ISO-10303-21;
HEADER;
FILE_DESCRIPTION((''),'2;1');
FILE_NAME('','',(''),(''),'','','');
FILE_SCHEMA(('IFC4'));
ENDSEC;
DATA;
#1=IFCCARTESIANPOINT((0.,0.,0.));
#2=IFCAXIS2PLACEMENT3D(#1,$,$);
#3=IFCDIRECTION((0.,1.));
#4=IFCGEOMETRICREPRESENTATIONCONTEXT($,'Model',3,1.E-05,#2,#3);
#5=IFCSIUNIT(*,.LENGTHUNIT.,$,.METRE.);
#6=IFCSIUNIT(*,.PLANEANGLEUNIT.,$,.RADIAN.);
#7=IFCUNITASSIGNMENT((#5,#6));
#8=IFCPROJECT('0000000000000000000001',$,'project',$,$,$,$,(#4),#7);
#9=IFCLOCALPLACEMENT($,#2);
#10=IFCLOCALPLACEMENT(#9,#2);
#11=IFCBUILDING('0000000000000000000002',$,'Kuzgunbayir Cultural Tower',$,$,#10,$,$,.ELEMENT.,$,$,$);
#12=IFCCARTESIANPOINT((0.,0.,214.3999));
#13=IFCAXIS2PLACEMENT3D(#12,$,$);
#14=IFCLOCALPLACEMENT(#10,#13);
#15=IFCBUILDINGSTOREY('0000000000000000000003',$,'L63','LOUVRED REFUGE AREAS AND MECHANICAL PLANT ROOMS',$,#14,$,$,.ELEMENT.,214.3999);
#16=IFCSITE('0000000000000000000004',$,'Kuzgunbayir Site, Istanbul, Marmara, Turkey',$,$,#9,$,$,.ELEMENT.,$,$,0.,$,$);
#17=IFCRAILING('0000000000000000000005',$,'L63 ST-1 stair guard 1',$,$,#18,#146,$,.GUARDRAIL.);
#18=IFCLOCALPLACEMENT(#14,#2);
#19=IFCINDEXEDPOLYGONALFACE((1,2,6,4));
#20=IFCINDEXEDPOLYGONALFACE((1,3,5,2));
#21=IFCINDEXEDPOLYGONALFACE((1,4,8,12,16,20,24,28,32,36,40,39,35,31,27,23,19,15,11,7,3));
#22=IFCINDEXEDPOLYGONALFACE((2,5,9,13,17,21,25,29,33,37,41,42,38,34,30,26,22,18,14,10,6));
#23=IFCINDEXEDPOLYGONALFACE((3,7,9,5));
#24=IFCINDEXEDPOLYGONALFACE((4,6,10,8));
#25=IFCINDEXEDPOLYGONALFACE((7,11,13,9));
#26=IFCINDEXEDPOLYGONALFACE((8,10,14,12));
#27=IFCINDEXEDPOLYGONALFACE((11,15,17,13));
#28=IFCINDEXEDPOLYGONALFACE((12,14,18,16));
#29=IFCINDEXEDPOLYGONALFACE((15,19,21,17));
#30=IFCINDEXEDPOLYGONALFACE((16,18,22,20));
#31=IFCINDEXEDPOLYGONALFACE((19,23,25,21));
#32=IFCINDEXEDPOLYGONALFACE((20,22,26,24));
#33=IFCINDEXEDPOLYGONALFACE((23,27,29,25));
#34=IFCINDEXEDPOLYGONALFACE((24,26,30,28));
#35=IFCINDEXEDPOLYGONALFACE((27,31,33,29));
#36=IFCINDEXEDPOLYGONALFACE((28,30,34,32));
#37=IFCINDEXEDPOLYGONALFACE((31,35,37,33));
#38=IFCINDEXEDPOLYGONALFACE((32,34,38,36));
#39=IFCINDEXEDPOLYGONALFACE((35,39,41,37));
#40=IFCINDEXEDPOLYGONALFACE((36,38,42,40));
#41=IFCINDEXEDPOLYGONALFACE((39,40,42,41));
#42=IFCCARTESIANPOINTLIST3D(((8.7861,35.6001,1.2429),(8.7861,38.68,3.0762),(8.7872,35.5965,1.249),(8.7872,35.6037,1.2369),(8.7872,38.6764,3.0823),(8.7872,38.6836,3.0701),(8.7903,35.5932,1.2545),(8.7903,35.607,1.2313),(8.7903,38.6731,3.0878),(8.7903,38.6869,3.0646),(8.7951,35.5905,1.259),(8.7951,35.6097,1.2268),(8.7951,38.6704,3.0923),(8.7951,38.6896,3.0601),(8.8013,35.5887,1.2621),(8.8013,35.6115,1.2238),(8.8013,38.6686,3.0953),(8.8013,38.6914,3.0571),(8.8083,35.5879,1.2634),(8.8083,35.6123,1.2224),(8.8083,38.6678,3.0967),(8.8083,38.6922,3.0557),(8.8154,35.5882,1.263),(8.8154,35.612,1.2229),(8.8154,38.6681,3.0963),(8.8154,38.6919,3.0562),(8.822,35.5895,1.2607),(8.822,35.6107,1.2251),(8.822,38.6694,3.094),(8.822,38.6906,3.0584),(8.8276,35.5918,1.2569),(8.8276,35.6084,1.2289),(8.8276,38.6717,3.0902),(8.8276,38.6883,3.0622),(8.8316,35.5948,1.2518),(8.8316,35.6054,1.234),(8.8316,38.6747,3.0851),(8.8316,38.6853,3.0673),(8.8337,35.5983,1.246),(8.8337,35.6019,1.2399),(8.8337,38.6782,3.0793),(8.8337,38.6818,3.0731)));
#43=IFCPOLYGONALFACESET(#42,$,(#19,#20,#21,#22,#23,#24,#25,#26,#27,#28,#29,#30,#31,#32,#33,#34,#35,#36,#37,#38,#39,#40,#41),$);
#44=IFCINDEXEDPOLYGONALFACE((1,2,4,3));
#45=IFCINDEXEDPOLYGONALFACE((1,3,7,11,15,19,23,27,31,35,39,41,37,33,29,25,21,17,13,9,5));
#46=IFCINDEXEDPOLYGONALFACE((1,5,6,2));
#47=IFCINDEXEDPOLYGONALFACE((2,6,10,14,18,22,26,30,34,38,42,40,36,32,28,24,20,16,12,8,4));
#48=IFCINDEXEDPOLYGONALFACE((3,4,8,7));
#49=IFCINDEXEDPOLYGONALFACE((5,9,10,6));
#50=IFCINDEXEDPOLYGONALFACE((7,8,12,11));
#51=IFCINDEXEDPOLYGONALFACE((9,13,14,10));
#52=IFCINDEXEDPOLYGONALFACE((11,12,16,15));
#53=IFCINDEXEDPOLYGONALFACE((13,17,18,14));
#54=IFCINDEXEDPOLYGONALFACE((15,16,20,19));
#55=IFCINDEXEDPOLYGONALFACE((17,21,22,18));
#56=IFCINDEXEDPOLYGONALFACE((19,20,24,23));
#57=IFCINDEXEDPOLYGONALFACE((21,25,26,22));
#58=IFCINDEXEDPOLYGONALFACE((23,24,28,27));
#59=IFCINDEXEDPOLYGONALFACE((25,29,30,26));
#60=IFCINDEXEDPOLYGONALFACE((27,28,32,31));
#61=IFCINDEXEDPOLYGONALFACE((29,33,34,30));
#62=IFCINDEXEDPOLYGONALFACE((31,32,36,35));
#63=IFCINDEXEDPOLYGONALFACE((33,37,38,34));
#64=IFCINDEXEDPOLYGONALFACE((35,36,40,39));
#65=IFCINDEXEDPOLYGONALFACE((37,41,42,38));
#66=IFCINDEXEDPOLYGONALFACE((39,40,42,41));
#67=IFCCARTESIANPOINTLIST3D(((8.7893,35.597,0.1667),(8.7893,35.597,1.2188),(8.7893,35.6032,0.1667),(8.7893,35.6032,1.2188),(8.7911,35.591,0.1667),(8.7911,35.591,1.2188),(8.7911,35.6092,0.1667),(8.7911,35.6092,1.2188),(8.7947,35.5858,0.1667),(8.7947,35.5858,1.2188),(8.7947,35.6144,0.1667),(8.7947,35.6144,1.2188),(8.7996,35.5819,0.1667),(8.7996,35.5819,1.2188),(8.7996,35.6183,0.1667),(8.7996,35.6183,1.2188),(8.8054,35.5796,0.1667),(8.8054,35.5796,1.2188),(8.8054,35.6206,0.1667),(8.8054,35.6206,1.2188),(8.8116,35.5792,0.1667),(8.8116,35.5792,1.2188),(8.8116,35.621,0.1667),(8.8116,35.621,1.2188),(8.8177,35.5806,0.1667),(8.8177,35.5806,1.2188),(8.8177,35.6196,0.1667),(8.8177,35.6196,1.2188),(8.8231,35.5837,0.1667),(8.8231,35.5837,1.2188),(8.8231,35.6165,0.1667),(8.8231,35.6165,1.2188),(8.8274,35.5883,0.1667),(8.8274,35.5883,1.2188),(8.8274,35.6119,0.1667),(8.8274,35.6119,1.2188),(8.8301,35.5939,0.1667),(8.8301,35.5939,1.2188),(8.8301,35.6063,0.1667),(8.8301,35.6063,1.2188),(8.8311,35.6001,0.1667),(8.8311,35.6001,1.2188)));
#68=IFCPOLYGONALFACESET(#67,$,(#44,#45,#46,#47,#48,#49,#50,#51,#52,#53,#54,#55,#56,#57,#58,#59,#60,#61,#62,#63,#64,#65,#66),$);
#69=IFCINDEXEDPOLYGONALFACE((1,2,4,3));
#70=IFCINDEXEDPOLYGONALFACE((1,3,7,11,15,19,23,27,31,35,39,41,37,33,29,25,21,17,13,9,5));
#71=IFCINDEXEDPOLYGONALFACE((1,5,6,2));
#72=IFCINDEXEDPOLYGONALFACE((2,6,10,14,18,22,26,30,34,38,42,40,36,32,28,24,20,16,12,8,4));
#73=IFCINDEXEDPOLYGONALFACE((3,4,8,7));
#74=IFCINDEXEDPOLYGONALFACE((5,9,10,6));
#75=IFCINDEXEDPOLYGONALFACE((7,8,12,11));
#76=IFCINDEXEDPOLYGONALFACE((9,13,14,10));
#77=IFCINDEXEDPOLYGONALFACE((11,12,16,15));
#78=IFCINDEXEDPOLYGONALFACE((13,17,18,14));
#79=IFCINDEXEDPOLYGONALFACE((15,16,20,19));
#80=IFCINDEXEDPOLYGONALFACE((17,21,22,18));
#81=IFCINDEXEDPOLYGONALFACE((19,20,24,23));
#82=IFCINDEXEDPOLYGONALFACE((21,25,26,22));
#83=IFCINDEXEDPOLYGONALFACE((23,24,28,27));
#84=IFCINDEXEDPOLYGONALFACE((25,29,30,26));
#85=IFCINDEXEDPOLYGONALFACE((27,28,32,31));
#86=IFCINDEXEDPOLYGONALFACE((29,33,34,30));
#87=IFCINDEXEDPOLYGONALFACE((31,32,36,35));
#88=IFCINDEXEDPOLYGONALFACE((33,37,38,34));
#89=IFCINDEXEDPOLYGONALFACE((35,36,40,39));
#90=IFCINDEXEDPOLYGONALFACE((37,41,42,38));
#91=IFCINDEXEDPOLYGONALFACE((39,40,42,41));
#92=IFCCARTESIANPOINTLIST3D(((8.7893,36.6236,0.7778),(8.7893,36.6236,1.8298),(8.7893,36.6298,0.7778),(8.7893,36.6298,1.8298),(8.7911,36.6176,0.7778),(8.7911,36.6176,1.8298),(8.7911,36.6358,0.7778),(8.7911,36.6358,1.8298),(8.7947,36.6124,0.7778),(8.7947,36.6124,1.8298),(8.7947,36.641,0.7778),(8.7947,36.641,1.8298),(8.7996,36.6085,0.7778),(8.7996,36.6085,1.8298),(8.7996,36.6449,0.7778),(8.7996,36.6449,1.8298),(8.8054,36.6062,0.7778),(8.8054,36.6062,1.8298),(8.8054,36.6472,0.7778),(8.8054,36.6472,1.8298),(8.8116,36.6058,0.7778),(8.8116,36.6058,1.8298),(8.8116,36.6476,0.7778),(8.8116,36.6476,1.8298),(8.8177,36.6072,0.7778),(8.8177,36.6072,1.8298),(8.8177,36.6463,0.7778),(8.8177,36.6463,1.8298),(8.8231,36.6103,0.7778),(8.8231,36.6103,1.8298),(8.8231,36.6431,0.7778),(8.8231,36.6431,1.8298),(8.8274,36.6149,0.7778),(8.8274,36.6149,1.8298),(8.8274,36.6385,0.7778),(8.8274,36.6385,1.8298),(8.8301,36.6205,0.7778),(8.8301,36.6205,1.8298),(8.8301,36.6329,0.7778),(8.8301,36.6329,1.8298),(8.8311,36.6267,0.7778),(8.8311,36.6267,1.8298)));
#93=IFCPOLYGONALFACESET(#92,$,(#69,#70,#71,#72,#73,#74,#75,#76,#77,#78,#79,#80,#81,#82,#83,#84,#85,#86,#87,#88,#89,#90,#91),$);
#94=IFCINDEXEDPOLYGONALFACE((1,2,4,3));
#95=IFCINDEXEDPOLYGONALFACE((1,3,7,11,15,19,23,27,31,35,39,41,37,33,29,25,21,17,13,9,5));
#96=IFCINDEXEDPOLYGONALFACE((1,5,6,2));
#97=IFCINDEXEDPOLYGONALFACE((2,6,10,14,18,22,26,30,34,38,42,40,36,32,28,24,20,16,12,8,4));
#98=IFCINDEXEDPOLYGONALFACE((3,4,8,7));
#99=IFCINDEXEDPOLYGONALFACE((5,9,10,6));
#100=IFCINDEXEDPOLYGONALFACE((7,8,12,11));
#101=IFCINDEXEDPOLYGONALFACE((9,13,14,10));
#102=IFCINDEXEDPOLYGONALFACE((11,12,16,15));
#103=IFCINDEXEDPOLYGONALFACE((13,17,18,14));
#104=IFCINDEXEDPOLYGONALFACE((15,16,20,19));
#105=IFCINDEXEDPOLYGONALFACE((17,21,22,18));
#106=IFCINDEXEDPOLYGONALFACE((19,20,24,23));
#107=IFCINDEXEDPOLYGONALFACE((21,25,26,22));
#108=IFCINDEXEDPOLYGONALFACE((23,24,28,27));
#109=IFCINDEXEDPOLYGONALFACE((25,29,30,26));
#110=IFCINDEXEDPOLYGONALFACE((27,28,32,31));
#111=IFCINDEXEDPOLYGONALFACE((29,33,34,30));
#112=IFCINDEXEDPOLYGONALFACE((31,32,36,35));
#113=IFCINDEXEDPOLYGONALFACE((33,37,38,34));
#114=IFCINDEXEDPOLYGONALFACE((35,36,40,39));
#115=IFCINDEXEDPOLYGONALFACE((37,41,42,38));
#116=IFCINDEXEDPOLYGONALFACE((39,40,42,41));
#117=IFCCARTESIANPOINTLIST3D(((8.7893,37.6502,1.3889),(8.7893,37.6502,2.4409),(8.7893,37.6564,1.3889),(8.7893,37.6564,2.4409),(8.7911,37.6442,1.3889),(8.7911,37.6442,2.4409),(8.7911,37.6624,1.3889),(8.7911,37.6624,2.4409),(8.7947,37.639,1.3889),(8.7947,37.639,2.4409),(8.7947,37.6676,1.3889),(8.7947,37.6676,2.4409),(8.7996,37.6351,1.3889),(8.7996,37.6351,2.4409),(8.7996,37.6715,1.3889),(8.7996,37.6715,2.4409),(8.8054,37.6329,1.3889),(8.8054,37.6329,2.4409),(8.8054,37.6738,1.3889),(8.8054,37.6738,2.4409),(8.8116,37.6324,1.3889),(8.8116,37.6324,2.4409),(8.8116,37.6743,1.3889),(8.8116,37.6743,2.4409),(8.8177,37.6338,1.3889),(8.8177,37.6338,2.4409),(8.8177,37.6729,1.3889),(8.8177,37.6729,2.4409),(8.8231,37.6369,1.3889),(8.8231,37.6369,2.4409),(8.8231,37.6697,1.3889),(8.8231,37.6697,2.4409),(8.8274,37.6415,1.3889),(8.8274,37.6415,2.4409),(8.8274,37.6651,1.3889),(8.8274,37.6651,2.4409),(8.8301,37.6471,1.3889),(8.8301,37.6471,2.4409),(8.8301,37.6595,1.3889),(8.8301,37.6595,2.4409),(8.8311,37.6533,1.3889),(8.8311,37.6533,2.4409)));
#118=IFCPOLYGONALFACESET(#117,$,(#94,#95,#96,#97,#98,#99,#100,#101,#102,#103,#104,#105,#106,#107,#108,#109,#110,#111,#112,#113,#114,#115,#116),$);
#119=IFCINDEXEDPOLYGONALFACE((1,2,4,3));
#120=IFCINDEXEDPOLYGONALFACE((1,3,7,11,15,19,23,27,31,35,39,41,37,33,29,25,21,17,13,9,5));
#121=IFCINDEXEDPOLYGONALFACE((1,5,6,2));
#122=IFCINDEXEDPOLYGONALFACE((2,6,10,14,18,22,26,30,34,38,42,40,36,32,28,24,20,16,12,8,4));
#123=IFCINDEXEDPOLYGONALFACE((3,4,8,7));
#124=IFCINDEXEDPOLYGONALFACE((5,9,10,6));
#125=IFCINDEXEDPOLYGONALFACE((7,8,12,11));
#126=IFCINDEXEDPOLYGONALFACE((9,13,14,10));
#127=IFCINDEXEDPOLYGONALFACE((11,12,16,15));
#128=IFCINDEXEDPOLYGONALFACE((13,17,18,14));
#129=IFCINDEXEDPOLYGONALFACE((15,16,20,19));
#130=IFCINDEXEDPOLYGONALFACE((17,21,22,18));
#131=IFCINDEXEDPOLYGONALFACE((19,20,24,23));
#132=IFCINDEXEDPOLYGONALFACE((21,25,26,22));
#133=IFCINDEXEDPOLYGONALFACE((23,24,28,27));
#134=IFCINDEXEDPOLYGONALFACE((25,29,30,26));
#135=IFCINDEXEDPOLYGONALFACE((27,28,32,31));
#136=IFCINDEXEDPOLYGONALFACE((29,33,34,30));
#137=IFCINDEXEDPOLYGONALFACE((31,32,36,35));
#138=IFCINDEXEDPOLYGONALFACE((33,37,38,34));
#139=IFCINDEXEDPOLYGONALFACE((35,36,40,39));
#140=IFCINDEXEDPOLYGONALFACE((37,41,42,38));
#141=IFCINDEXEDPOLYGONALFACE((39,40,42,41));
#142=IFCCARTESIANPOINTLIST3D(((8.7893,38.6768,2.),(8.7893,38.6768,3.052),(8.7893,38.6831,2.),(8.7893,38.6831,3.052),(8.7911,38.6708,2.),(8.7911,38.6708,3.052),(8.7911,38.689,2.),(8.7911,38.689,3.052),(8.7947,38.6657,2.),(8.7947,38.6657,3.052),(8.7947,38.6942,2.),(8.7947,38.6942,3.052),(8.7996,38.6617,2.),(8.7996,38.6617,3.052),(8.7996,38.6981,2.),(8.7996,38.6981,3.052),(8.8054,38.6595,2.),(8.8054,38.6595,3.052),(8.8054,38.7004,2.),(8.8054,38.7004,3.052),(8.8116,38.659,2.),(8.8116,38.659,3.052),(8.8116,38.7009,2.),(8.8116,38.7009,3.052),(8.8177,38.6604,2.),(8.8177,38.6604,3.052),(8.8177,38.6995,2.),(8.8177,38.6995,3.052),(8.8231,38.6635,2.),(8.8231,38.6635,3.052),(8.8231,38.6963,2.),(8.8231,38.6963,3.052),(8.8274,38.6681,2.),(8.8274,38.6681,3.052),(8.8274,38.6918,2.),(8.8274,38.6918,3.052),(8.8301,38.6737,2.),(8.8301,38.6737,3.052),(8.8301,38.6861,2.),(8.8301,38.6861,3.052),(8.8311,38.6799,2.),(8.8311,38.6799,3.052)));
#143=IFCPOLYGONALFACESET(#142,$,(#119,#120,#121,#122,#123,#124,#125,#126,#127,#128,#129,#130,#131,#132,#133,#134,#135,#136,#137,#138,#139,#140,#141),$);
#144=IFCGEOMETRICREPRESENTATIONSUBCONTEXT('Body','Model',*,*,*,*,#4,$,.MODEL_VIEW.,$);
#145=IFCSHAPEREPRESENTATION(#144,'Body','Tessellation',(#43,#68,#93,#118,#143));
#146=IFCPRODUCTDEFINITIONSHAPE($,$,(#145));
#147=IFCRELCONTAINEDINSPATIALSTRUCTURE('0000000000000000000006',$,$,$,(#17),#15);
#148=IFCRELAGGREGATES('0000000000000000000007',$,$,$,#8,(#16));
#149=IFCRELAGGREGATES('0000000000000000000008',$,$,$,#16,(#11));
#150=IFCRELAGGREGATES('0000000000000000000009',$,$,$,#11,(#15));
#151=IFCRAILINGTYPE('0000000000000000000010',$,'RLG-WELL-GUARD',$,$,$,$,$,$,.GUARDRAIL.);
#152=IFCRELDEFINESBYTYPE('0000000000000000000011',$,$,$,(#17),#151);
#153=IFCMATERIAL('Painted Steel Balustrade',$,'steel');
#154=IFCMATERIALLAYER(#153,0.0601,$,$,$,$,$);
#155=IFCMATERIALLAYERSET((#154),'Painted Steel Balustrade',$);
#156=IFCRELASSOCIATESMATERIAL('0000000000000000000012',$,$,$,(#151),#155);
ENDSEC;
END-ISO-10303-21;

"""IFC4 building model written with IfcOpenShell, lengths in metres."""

from ifc_helpers import new_model, si_unit, direction, frame, origin, origin_2d, place, context, subcontext, project, spatial, circle, extrude, material, layer, layer_set, type_object, element, save


model = new_model("IFC4")

# Units and contexts
model_context = context("Model", 3, precision=1e-05, world=origin(), true_north=direction((0.0, 1.0)))
body_context = subcontext(model_context, "Body", "Model", "MODEL_VIEW")
ifc_project = project(units=[si_unit("LENGTHUNIT", "METRE"), si_unit("PLANEANGLEUNIT", "RADIAN")], contexts=[model_context])

# Site, building, storey
site_placement = place(None, origin())
site = spatial("IfcSite", under=ifc_project, at=site_placement, Name="Kuzgunbayir Site, Istanbul, Marmara, Turkey", CompositionType="ELEMENT", RefElevation=0.0)
building_placement = place(site_placement, origin())
building = spatial("IfcBuilding", under=site, at=building_placement, Name="Kuzgunbayir Cultural Tower", CompositionType="ELEMENT")
storey_placement = place(building_placement, frame((0.0, 0.0, 214.3999)))
storey = spatial("IfcBuildingStorey", under=building, at=storey_placement, Name="L63", Description="LOUVRED REFUGE AREAS AND MECHANICAL PLANT ROOMS", CompositionType="ELEMENT", Elevation=214.3999)

# Railing
ifc_material_1 = material(Name="Painted Steel Balustrade", Category="steel")
ifc_layer_1 = layer(ifc_material_1, 0.0601)
ifc_layer_set_1 = layer_set([ifc_layer_1], Name="Painted Steel Balustrade")
railing_type_1 = type_object("IfcRailingType", Name="RLG-WELL-GUARD", PredefinedType="GUARDRAIL", material=ifc_layer_set_1)
railing_1_placement = place(storey_placement, frame((8.8101, 35.6001, 0.1667)))
element("IfcRailing", 1, at=railing_1_placement, inside=storey, type_object=railing_type_1, Name="L63 ST-1 stair guard 1", PredefinedType="GUARDRAIL", context=body_context, shape_type="SweptSolid", body=[
    extrude(circle(Radius=0.0239, at=origin_2d()), frame((0.0, 0.0, 1.0762), z_axis=(0.0, 0.859291, 0.511487), x_axis=(-1.0, 0.0, 0.0)), (0.0, 0.0, 1.0), 3.5842),
    extrude(circle(Radius=0.021, at=origin_2d()), origin(), (0.0, 0.0, 1.0), 1.052),
    extrude(circle(Radius=0.021, at=origin_2d()), frame((0.0, 1.0266, 0.6111)), (0.0, 0.0, 1.0), 1.052),
    extrude(circle(Radius=0.021, at=origin_2d()), frame((0.0, 2.0532, 1.2222)), (0.0, 0.0, 1.0), 1.052),
    extrude(circle(Radius=0.021, at=origin_2d()), frame((0.0, 3.0798, 1.8333)), (0.0, 0.0, 1.0), 1.052),
])

save(model, "model.ifc")
